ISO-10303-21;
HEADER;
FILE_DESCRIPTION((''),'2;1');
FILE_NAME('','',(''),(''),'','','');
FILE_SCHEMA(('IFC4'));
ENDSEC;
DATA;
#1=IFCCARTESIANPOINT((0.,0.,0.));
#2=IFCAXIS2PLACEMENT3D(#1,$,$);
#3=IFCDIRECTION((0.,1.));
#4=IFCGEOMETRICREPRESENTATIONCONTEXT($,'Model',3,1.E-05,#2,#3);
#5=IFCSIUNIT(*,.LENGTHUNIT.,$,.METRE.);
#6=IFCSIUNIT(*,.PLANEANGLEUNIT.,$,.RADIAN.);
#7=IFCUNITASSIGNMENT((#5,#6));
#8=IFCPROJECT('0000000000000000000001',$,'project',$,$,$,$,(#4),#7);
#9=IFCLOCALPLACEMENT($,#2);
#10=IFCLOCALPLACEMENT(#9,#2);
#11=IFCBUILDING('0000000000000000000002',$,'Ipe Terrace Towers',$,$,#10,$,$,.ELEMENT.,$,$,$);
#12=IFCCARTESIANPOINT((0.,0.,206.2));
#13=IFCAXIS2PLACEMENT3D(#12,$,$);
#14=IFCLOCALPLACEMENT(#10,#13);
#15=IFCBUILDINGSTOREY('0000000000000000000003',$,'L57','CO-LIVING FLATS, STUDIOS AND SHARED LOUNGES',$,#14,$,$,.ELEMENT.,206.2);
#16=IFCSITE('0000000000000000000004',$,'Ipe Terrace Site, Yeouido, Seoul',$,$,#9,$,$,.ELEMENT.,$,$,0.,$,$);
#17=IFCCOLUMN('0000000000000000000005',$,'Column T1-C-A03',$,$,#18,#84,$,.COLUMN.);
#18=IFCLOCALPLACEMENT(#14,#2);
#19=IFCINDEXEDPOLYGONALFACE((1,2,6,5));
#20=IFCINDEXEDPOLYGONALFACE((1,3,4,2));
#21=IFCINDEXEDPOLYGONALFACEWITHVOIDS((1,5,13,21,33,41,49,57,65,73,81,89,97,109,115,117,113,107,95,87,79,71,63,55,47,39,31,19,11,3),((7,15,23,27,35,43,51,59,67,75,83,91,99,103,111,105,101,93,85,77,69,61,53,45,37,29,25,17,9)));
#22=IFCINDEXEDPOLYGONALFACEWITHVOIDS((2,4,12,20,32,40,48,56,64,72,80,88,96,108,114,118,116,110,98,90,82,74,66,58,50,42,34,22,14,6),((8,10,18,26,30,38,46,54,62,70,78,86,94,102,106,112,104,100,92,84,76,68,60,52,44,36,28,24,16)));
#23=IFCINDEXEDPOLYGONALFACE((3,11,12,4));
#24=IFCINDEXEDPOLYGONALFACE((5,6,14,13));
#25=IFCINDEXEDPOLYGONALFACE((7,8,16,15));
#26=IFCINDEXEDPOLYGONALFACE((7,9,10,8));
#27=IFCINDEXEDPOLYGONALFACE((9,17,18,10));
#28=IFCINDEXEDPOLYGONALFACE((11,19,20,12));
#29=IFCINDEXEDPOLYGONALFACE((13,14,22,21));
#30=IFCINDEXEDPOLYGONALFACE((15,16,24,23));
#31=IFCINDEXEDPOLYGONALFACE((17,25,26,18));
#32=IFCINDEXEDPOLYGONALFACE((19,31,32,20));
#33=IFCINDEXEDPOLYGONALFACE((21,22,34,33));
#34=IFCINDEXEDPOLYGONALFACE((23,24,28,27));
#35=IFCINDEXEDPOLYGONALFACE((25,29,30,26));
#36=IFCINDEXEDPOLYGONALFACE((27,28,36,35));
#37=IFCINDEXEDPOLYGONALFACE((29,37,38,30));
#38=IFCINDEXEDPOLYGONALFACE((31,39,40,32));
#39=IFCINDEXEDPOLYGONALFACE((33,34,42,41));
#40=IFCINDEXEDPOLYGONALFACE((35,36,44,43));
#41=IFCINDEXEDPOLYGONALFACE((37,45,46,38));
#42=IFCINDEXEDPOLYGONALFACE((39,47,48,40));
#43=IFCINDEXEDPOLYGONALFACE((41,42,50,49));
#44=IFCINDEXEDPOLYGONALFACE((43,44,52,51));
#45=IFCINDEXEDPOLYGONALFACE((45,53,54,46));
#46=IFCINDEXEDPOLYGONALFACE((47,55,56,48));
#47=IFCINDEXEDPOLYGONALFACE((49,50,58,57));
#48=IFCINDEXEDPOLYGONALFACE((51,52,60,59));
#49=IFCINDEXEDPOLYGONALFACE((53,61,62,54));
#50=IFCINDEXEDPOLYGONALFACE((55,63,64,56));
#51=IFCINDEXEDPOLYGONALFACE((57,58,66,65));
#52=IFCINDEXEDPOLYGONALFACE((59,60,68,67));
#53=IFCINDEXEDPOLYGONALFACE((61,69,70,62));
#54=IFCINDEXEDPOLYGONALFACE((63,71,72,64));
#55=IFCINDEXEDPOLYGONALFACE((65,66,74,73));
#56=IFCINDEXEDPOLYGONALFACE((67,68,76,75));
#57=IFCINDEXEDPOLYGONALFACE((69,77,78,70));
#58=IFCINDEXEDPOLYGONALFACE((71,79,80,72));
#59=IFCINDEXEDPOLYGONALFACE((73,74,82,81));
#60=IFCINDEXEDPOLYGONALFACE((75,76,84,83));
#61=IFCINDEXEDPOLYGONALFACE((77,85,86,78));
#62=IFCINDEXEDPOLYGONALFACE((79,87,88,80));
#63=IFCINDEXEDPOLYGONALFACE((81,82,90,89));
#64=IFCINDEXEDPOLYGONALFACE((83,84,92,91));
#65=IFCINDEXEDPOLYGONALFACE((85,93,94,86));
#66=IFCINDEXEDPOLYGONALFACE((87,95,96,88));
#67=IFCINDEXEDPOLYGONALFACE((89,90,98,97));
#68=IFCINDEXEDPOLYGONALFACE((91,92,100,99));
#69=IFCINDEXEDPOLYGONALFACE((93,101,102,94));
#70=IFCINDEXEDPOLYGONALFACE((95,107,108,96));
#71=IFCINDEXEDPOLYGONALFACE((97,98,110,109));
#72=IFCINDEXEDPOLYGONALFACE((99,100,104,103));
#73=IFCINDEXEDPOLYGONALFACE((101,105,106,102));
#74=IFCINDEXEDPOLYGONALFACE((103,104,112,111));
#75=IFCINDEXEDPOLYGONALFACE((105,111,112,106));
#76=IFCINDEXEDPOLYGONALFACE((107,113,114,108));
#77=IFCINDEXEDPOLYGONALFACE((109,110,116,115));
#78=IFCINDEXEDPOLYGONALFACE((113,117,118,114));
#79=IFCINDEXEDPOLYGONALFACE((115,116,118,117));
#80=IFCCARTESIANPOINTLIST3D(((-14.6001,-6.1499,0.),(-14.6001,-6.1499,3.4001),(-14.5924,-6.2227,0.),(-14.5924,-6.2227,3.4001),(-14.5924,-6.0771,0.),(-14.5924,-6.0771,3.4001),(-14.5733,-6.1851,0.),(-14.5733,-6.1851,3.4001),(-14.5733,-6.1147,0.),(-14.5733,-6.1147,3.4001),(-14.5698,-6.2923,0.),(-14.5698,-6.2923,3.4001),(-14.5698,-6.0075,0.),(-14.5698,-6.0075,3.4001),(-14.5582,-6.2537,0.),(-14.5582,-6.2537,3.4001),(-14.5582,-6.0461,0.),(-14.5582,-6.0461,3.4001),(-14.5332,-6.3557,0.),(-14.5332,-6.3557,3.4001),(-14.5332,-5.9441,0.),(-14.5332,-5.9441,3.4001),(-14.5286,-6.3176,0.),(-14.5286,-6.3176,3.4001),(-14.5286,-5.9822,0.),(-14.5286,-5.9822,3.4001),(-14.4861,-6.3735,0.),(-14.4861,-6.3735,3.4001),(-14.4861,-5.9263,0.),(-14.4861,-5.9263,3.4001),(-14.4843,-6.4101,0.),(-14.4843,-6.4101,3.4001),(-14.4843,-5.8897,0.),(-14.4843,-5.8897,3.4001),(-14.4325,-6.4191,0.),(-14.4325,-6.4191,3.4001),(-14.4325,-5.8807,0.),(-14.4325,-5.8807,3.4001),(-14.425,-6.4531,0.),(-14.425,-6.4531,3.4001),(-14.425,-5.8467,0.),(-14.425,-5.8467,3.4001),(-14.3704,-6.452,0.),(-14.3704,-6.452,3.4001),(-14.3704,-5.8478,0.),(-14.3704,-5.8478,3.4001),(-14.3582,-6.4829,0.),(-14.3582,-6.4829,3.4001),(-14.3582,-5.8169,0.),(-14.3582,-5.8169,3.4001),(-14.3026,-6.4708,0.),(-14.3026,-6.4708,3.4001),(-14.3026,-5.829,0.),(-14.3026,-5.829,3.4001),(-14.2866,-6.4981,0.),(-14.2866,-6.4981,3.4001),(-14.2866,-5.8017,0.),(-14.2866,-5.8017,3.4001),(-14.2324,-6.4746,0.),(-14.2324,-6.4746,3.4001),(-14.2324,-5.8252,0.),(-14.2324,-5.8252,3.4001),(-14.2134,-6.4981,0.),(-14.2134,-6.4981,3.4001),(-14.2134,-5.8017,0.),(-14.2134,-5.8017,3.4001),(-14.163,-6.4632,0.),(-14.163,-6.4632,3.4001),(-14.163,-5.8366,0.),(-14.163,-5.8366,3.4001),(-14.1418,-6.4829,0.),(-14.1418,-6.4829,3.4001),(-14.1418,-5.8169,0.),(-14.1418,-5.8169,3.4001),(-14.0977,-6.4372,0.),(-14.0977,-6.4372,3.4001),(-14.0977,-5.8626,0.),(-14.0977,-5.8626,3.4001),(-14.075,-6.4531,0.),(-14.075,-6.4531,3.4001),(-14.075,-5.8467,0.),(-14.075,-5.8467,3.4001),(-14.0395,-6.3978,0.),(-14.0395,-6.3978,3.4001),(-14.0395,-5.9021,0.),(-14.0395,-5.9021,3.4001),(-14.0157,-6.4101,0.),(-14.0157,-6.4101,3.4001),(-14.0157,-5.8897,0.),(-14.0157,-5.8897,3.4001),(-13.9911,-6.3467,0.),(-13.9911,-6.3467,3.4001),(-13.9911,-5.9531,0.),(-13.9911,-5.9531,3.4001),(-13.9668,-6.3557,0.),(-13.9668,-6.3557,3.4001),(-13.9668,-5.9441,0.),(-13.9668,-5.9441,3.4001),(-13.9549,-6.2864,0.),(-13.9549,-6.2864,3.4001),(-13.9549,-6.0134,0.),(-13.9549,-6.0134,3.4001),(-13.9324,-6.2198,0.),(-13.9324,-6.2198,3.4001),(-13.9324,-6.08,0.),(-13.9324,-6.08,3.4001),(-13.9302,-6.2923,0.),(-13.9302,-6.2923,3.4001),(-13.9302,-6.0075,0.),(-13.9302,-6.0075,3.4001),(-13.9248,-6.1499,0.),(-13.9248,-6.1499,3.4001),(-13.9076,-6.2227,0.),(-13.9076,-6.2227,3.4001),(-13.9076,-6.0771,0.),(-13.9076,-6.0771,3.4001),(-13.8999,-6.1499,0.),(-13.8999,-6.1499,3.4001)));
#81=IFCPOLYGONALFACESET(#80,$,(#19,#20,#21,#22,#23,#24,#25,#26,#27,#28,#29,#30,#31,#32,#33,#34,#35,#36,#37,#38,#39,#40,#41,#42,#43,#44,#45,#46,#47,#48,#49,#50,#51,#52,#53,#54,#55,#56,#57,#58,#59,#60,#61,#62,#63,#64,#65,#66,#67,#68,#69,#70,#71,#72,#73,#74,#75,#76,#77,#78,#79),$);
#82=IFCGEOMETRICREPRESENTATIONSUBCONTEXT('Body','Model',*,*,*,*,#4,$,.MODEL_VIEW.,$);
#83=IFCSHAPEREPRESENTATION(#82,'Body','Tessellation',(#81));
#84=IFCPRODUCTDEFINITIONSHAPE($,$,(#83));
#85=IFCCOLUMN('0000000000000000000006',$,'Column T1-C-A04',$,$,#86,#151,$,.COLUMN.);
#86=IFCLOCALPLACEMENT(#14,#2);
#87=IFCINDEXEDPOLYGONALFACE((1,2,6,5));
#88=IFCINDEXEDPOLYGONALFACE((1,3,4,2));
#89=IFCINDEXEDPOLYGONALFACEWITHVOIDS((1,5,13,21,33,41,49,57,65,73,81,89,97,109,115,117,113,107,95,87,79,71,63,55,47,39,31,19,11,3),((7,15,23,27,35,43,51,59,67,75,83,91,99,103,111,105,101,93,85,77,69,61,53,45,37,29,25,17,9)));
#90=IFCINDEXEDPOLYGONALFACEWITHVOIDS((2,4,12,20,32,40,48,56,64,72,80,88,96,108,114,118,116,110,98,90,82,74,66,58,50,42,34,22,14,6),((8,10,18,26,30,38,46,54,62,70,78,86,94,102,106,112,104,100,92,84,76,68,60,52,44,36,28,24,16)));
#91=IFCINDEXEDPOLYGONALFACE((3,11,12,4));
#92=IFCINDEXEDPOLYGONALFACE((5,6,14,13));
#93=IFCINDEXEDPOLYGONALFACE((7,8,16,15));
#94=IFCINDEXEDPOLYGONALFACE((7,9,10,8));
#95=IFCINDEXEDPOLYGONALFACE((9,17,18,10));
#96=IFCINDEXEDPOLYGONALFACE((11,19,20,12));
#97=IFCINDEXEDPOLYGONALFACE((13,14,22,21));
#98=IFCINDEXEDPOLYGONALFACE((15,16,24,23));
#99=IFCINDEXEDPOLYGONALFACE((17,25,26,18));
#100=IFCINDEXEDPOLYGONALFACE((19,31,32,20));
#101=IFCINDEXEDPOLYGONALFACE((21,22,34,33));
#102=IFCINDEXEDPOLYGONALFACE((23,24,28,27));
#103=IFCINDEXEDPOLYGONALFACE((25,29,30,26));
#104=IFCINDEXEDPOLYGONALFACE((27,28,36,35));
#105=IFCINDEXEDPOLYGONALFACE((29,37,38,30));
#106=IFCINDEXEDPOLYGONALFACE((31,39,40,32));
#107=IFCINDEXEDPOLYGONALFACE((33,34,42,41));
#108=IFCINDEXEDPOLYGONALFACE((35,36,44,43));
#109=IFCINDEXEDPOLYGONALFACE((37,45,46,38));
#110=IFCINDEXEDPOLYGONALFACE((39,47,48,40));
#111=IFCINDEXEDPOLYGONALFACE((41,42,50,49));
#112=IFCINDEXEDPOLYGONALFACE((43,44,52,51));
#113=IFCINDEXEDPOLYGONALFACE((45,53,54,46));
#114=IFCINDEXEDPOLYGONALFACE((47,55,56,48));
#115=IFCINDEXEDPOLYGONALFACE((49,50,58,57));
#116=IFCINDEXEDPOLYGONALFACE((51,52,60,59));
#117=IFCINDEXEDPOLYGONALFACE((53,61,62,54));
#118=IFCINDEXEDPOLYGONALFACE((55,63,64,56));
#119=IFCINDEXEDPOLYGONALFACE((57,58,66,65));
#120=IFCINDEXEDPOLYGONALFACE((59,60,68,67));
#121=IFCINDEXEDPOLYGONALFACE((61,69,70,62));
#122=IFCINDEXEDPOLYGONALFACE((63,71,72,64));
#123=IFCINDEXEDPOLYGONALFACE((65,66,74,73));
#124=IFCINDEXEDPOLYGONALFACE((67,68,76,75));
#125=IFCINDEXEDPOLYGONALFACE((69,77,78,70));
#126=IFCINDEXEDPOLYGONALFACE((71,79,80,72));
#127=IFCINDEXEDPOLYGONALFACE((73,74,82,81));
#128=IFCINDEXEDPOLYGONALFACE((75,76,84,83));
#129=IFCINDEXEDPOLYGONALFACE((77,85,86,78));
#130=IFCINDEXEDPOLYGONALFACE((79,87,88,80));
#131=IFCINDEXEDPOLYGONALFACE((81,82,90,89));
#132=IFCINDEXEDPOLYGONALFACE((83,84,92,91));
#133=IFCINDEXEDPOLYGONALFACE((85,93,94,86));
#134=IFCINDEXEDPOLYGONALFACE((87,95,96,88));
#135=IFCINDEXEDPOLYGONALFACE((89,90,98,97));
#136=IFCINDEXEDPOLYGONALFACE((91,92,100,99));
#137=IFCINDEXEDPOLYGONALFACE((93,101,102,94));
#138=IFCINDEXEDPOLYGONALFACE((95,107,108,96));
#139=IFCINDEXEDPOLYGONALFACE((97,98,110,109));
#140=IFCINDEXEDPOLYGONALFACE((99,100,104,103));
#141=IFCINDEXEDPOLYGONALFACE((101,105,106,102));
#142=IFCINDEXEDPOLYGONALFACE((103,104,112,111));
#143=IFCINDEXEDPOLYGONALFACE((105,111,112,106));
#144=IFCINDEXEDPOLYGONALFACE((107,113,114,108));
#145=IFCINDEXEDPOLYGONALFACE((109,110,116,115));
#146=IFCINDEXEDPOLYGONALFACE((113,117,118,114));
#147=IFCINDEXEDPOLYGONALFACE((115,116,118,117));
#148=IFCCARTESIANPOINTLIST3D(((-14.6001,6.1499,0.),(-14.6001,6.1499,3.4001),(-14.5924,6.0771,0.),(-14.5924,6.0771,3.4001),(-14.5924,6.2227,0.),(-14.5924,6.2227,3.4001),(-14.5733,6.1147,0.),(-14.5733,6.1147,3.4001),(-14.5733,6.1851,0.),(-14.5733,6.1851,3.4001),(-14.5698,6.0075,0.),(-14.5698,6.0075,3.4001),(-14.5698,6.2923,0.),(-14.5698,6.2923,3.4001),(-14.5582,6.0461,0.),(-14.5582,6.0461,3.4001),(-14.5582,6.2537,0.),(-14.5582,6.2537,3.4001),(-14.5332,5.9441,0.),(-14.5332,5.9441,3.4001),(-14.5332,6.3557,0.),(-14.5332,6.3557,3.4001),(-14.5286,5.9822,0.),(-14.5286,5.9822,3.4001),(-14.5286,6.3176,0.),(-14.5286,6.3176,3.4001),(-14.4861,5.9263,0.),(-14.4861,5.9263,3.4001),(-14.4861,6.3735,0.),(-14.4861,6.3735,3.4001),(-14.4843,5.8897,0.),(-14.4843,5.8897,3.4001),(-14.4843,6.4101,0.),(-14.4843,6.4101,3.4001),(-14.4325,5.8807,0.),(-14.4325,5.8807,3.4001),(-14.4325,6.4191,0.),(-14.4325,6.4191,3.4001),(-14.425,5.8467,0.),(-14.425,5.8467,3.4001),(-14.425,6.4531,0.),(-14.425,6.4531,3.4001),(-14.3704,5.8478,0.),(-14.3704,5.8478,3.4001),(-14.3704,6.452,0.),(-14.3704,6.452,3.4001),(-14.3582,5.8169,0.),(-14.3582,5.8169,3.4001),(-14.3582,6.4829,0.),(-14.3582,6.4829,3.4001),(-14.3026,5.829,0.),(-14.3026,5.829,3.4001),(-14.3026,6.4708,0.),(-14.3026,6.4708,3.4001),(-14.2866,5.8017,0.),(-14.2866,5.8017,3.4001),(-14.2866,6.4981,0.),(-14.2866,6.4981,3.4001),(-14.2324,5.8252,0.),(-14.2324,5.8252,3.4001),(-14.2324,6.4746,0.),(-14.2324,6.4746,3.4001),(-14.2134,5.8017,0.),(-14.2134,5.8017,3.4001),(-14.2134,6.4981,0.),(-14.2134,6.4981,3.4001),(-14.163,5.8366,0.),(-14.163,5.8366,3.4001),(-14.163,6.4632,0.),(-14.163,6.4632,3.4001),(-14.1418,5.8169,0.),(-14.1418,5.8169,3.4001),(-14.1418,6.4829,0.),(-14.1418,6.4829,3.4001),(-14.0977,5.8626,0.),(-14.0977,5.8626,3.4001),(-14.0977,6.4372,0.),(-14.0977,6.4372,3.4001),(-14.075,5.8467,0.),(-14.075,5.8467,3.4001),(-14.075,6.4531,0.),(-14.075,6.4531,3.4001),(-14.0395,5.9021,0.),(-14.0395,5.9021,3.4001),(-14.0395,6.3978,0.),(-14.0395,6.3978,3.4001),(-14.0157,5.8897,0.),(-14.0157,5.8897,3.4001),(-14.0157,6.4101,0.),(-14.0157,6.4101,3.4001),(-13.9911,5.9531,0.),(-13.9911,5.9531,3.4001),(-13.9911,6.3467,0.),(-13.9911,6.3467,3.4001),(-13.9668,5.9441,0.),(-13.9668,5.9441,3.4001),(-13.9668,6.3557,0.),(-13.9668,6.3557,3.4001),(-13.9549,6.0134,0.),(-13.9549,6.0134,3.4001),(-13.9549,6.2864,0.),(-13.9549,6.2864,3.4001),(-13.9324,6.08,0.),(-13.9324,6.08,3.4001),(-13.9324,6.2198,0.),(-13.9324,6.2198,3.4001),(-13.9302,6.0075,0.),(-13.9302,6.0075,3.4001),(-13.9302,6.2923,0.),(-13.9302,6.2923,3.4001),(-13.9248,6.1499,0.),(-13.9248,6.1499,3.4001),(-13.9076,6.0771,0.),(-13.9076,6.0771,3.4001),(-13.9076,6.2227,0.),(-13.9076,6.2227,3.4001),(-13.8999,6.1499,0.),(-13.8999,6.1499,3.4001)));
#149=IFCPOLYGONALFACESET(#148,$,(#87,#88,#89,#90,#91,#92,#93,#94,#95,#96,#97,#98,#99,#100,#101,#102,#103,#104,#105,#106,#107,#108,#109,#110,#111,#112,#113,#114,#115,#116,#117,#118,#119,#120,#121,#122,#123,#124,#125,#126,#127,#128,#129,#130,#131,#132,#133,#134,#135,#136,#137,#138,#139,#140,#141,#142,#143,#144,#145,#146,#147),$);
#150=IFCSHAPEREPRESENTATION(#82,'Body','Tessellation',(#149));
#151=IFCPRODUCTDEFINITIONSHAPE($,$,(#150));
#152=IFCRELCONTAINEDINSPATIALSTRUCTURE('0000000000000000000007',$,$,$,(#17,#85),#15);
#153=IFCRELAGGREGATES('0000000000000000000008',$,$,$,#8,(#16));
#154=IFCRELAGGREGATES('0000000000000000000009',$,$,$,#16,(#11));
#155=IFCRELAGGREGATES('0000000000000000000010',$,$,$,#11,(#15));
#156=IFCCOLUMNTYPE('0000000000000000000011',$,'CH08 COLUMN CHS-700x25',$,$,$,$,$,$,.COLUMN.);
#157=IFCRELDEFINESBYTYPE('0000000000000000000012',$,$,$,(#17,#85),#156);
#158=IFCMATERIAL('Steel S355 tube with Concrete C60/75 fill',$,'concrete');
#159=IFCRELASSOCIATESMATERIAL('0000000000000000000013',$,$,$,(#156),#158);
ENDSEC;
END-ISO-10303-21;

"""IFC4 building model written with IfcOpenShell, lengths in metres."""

from ifc_helpers import new_model, si_unit, direction, frame, origin, origin_2d, place, context, subcontext, project, spatial, hollow_circle, extrude, material, material_profile, profile_set, type_object, element, save


model = new_model("IFC4")

# Units and contexts
model_context = context("Model", 3, precision=1e-05, world=origin(), true_north=direction((0.0, 1.0)))
body_context = subcontext(model_context, "Body", "Model", "MODEL_VIEW")
ifc_project = project(units=[si_unit("LENGTHUNIT", "METRE"), si_unit("PLANEANGLEUNIT", "RADIAN")], contexts=[model_context])

# Site, building, storey
site_placement = place(None, origin())
site = spatial("IfcSite", under=ifc_project, at=site_placement, Name="Ipe Terrace Site, Yeouido, Seoul", CompositionType="ELEMENT", RefElevation=0.0)
building_placement = place(site_placement, origin())
building = spatial("IfcBuilding", under=site, at=building_placement, Name="Ipe Terrace Towers", CompositionType="ELEMENT")
storey_placement = place(building_placement, frame((0.0, 0.0, 206.2)))
storey = spatial("IfcBuildingStorey", under=building, at=storey_placement, Name="L57", Description="CO-LIVING FLATS, STUDIOS AND SHARED LOUNGES", CompositionType="ELEMENT", Elevation=206.2)

# Columns
ifc_material_1 = material(Name="Steel S355 tube with Concrete C60/75 fill", Category="concrete")
ifc_material_profile_1 = material_profile(ifc_material_1, hollow_circle(Radius=0.3501, WallThickness=0.0249, at=origin_2d()), Name="CHS-700x25")
ifc_profile_set_1 = profile_set([ifc_material_profile_1], Name="Steel S355 tube with Concrete C60/75 fill")
column_type = type_object("IfcColumnType", Name="CH08 COLUMN CHS-700x25", PredefinedType="COLUMN", material=ifc_profile_set_1)
for number, where, z_axis, x_axis, name in (
    (1, (-14.25, -6.1499, 0.0), (0.0, 0.0, 1.0), (1.0, 0.0, 0.0), "Column T1-C-A03"),
    (2, (-14.25, 6.1499, 0.0), (0.0, 0.0, 1.0), (1.0, 0.0, 0.0), "Column T1-C-A04"),
):
    element("IfcColumn", number, at=place(storey_placement, frame(where, z_axis=z_axis, x_axis=x_axis)), inside=storey, type_object=column_type, Name=name, PredefinedType="COLUMN", context=body_context, shape_type="SweptSolid", body=[
        extrude(hollow_circle(Radius=0.3501, WallThickness=0.0249, at=origin_2d()), origin(), (0.0, 0.0, 1.0), 3.4001),
    ])

save(model, "model.ifc")
